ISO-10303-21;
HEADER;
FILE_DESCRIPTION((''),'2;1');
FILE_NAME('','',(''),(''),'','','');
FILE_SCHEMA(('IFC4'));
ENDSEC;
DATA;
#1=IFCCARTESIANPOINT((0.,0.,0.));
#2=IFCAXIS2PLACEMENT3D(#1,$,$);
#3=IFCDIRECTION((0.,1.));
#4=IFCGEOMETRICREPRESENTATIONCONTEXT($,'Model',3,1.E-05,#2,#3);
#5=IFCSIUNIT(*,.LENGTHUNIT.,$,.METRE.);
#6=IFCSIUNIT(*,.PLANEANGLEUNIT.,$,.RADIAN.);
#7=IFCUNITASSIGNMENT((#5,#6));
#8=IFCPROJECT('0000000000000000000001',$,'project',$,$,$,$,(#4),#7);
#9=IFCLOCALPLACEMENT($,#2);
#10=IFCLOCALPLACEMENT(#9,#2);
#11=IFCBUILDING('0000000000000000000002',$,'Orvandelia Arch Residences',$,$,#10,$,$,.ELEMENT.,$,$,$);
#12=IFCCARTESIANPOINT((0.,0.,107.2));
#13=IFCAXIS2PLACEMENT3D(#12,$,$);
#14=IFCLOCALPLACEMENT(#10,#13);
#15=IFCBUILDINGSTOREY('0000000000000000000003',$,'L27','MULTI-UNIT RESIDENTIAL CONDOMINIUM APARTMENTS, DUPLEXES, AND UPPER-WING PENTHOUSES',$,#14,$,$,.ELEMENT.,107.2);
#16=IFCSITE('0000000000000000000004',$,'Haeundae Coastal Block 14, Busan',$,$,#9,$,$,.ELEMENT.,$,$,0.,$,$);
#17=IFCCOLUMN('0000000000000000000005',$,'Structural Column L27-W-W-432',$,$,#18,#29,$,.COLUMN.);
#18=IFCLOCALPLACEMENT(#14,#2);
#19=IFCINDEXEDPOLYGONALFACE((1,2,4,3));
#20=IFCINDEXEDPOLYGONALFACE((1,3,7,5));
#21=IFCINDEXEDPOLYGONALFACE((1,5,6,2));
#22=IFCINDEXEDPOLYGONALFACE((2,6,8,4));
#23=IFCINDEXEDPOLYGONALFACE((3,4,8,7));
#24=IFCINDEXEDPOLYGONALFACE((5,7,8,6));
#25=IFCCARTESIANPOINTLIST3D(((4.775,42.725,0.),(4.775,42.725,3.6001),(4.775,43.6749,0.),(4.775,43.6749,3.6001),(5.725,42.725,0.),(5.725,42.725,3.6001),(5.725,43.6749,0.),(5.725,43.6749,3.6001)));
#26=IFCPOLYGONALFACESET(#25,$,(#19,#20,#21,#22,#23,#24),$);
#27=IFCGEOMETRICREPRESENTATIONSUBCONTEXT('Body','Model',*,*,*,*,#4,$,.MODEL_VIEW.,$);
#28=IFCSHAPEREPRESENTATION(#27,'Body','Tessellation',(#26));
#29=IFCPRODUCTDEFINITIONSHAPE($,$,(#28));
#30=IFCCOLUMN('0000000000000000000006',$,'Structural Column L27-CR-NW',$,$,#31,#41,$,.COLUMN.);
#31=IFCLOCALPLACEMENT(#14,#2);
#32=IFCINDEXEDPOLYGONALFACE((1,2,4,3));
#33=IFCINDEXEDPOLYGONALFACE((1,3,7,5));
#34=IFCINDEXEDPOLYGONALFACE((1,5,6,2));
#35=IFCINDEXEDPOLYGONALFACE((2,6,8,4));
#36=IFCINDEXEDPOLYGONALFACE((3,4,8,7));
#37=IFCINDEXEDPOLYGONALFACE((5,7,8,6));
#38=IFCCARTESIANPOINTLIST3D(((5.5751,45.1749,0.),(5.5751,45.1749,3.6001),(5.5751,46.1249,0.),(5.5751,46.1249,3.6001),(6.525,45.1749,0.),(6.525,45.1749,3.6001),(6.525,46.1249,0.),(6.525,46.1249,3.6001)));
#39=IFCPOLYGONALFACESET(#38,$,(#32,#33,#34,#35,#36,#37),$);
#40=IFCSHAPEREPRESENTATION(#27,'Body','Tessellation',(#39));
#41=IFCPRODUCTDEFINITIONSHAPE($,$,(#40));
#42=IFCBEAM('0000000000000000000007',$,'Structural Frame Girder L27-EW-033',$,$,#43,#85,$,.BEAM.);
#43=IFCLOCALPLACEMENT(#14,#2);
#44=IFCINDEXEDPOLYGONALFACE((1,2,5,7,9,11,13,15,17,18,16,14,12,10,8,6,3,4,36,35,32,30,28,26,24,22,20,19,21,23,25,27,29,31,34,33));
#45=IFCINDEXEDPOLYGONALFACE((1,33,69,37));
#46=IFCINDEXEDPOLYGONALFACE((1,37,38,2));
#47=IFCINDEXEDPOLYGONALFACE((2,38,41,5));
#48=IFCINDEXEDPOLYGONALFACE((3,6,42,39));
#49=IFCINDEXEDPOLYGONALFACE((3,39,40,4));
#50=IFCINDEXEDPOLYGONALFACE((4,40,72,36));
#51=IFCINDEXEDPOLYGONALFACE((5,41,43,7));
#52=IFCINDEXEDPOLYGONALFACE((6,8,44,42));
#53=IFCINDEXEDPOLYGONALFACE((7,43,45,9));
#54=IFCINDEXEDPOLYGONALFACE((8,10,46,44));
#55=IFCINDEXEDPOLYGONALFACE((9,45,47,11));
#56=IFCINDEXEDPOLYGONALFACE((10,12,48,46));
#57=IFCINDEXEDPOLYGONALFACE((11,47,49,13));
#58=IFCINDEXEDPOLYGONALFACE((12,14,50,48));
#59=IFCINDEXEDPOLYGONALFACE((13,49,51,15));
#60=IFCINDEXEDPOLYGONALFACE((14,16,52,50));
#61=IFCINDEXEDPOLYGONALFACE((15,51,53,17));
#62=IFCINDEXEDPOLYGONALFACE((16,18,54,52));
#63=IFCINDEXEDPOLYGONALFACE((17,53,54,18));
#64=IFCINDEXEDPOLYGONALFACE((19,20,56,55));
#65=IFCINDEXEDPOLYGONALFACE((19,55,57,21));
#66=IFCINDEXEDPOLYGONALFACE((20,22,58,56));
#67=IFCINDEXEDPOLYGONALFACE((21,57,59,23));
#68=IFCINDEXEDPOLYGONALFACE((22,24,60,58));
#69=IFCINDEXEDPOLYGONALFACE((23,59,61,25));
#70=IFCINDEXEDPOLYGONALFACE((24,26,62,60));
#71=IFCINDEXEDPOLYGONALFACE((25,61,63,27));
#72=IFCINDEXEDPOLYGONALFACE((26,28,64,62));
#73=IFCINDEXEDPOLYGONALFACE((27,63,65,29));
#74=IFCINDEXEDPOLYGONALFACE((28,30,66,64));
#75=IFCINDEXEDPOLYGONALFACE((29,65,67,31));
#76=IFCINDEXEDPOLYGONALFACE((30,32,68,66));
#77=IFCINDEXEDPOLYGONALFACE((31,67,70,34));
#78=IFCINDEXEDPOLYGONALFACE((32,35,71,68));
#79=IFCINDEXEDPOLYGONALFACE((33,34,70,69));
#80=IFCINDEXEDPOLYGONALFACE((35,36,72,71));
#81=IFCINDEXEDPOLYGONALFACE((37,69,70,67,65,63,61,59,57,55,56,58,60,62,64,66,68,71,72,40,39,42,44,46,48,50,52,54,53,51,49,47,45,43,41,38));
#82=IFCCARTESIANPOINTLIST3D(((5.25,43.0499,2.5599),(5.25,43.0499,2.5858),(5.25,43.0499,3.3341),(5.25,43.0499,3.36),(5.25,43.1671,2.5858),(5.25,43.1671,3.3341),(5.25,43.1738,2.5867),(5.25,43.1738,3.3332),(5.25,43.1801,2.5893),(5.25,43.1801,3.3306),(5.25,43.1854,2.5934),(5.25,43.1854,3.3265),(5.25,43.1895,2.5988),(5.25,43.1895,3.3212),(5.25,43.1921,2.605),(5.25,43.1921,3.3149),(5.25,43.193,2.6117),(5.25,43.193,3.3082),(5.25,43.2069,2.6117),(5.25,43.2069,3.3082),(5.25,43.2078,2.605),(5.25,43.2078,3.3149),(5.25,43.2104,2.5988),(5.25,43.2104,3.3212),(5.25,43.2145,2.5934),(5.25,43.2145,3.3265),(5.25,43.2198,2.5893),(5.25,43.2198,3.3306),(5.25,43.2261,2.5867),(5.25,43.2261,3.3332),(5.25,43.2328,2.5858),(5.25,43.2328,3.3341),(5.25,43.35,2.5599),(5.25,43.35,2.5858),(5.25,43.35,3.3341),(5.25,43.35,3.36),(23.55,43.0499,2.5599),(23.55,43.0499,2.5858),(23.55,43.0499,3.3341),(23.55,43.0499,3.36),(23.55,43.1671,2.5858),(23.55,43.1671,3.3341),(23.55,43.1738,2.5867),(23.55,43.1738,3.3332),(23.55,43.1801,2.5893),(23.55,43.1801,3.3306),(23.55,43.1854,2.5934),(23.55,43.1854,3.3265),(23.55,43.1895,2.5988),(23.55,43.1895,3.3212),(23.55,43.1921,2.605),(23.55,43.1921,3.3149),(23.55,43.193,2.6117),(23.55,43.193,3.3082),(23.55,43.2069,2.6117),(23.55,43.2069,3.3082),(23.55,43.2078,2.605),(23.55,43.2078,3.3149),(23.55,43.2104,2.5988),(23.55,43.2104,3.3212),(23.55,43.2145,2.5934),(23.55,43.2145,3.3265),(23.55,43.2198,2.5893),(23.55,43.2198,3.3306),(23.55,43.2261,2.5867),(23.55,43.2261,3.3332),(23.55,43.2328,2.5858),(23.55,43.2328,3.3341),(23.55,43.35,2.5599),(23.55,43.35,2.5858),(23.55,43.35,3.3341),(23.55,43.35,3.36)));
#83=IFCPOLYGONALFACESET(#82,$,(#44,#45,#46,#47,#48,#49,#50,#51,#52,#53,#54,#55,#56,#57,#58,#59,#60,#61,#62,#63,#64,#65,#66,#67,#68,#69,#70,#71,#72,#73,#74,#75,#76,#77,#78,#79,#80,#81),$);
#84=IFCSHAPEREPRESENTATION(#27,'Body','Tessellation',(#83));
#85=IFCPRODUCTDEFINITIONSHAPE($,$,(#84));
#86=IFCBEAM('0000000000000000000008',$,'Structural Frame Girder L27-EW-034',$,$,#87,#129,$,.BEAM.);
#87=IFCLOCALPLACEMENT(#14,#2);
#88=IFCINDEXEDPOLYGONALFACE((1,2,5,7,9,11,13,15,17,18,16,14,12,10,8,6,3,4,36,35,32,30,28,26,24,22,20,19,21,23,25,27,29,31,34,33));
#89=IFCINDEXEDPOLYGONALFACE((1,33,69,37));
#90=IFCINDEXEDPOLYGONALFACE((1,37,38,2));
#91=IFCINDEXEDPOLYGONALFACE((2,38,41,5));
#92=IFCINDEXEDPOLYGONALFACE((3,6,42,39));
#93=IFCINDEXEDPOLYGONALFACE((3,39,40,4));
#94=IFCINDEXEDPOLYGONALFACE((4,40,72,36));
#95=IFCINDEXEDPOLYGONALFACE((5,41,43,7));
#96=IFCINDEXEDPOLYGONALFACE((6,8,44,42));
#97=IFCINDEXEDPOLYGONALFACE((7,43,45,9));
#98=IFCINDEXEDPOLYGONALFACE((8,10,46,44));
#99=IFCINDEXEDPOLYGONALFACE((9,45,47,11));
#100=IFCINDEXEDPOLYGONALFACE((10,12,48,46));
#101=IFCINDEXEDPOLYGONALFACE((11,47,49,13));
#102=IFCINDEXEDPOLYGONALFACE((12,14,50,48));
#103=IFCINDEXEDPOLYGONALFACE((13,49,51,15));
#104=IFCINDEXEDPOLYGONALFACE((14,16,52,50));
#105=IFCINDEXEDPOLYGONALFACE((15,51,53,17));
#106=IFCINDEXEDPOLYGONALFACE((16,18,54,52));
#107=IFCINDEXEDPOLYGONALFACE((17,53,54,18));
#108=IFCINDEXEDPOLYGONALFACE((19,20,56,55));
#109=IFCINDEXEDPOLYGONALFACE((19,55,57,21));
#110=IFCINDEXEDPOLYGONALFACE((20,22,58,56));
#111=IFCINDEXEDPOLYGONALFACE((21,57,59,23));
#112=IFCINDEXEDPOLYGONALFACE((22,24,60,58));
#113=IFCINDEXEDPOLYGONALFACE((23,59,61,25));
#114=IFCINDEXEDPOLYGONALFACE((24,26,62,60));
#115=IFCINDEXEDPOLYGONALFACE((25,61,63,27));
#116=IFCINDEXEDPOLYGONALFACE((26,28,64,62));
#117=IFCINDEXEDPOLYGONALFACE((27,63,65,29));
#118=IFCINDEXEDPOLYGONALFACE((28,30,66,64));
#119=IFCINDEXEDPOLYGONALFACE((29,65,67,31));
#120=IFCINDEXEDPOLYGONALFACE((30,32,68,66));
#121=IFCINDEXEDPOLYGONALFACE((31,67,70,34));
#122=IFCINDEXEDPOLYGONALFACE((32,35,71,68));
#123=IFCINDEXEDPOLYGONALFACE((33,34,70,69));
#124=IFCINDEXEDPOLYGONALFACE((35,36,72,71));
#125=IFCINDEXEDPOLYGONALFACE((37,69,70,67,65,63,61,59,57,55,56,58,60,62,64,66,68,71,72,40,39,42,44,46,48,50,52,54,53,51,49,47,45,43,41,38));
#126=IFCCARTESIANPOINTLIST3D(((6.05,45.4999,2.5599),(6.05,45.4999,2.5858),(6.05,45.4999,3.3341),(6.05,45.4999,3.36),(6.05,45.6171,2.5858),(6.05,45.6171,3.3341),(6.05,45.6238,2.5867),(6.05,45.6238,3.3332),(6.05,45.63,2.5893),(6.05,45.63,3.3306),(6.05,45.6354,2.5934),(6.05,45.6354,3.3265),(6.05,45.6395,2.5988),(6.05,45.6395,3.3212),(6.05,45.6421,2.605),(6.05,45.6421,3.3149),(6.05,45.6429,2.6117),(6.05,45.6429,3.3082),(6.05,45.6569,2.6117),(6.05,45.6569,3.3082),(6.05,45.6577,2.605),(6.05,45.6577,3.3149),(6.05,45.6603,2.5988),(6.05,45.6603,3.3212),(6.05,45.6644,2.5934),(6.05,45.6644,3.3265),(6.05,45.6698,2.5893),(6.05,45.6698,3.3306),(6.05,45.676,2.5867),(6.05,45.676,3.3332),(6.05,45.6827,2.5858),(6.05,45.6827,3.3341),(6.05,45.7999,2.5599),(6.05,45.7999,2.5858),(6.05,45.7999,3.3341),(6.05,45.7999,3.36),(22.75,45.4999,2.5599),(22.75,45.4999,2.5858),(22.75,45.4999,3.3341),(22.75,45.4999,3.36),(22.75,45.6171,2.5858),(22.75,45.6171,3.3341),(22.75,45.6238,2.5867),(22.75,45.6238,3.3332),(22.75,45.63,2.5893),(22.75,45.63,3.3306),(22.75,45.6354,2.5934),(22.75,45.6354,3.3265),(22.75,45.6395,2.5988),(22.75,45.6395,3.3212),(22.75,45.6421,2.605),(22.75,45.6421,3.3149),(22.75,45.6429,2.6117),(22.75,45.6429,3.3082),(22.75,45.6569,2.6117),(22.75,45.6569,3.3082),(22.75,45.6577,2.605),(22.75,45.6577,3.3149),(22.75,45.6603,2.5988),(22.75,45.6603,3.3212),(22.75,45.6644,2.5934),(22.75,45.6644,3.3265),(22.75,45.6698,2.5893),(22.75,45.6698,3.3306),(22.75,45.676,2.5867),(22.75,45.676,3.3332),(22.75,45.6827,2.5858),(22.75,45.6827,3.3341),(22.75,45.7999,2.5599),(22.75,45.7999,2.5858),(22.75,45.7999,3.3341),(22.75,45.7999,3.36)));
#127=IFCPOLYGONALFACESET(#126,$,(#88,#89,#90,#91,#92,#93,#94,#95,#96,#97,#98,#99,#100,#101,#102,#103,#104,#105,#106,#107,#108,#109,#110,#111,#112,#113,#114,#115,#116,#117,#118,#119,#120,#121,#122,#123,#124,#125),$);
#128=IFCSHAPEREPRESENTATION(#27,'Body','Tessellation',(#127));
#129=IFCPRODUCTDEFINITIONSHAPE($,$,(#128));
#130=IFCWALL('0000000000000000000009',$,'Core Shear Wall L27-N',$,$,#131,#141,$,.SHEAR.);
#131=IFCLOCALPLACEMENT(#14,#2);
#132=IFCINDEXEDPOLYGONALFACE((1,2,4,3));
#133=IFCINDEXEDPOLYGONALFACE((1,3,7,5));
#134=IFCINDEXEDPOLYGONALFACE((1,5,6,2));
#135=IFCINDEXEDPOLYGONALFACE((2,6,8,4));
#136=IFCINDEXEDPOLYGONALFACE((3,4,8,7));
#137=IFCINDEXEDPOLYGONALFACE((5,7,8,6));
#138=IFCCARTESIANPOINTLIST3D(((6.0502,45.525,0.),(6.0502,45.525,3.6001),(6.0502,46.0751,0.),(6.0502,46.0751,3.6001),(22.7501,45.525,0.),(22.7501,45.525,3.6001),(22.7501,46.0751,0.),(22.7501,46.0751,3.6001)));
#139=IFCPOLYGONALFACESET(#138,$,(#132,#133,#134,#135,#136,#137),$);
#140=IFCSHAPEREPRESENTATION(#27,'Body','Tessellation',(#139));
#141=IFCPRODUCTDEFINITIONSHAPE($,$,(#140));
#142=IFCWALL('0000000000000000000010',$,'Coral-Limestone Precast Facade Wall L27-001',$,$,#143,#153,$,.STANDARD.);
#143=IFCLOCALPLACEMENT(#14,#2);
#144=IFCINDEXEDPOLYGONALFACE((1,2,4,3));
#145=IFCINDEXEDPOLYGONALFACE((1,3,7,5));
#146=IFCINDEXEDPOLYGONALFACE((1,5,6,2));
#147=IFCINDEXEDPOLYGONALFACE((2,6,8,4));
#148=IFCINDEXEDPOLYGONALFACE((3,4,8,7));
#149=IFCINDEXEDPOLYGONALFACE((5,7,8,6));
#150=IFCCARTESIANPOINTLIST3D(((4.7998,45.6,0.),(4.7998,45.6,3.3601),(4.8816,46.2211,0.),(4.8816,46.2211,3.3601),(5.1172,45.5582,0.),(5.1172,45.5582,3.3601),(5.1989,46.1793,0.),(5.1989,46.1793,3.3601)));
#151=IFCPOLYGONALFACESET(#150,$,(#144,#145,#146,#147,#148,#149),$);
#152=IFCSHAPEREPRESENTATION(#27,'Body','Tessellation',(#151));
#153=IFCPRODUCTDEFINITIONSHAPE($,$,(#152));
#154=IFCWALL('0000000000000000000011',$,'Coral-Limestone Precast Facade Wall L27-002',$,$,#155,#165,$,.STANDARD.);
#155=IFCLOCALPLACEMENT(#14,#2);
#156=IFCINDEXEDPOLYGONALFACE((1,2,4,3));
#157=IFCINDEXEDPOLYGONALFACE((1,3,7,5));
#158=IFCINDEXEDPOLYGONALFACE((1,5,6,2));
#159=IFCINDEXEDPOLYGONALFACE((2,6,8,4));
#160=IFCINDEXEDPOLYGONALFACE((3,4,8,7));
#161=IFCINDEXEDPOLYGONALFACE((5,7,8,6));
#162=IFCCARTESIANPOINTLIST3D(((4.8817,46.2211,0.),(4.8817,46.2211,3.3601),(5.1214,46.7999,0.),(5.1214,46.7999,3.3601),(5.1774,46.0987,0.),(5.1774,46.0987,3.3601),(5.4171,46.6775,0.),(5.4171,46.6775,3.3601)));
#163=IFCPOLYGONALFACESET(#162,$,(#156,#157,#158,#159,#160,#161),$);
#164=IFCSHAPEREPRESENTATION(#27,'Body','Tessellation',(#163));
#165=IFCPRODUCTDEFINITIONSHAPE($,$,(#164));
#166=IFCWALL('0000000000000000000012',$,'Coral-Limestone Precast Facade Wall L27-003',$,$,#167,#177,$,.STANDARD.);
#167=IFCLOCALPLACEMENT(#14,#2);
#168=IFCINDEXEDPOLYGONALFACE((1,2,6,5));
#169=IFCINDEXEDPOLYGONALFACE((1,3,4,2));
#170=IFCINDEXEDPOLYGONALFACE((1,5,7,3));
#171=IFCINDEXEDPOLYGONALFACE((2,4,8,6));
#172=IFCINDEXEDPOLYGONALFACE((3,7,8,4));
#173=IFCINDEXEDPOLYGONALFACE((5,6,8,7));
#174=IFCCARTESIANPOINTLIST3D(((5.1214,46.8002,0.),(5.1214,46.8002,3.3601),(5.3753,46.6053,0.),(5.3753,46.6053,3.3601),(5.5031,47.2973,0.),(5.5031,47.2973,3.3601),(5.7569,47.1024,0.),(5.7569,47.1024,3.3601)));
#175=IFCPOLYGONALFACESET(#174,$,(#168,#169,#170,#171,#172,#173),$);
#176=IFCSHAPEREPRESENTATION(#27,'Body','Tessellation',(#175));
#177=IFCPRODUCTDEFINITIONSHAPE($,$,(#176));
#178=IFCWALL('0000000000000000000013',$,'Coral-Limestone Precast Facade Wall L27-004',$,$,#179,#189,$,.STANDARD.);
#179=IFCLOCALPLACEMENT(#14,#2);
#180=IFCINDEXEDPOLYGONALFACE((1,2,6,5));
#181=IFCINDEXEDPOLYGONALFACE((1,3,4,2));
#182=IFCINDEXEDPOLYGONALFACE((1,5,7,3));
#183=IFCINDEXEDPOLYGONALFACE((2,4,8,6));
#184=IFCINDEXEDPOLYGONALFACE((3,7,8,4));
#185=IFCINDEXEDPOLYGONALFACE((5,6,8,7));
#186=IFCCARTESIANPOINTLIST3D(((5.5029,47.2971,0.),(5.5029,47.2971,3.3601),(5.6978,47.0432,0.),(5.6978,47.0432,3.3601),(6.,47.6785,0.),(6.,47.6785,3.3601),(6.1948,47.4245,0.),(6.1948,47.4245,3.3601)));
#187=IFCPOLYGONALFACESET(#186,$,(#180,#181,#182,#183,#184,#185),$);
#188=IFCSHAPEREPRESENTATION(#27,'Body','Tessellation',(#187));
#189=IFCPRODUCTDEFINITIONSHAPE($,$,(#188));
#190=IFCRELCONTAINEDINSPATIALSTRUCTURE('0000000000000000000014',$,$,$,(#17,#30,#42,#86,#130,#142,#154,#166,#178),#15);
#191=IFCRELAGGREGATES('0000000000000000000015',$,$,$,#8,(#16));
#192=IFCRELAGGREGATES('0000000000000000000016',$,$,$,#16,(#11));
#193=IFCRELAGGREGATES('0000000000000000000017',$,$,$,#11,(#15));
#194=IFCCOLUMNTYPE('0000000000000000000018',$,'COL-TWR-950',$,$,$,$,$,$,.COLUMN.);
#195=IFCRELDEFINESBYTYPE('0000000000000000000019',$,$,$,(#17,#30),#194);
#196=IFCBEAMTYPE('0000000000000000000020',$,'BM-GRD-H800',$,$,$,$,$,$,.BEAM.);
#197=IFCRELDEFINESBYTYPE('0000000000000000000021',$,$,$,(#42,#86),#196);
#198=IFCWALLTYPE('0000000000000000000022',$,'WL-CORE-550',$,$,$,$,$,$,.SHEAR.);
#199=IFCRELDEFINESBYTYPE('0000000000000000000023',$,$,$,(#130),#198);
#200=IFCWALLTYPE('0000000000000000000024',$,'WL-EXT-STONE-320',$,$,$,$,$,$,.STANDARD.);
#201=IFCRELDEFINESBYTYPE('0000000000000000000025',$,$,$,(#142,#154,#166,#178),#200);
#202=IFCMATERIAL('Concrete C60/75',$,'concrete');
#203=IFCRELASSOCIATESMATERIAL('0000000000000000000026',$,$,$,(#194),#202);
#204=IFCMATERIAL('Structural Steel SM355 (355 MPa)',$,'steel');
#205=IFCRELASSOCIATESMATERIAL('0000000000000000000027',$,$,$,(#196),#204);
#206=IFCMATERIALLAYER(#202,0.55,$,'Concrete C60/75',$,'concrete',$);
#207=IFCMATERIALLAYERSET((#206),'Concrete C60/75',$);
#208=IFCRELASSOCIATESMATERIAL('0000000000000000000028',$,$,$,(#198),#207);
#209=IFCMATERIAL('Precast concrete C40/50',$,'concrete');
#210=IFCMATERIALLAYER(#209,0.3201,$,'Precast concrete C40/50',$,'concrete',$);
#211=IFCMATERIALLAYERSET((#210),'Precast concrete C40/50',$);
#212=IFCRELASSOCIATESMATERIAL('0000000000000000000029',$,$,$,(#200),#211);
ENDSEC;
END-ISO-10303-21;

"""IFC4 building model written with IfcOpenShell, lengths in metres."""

from ifc_helpers import new_model, si_unit, direction, frame, frame_2d, origin, origin_2d, place, context, subcontext, project, spatial, rectangle, i_section, extrude, material, layer, layer_set, material_profile, profile_set, type_object, element, save


model = new_model("IFC4")

# Units and contexts
model_context = context("Model", 3, precision=1e-05, world=origin(), true_north=direction((0.0, 1.0)))
body_context = subcontext(model_context, "Body", "Model", "MODEL_VIEW")
ifc_project = project(units=[si_unit("LENGTHUNIT", "METRE"), si_unit("PLANEANGLEUNIT", "RADIAN")], contexts=[model_context])

# Site, building, storey
site_placement = place(None, origin())
site = spatial("IfcSite", under=ifc_project, at=site_placement, Name="Haeundae Coastal Block 14, Busan", CompositionType="ELEMENT", RefElevation=0.0)
building_placement = place(site_placement, origin())
building = spatial("IfcBuilding", under=site, at=building_placement, Name="Orvandelia Arch Residences", CompositionType="ELEMENT")
storey_placement = place(building_placement, frame((0.0, 0.0, 107.2)))
storey = spatial("IfcBuildingStorey", under=building, at=storey_placement, Name="L27", Description="MULTI-UNIT RESIDENTIAL CONDOMINIUM APARTMENTS, DUPLEXES, AND UPPER-WING PENTHOUSES", CompositionType="ELEMENT", Elevation=107.2)

# Columns
ifc_material_1 = material(Name="Concrete C60/75", Category="concrete")
ifc_material_profile_1 = material_profile(ifc_material_1, rectangle(XDim=0.95, YDim=0.95, at=origin_2d()), Name="Concrete C60/75", Category="concrete")
ifc_profile_set_1 = profile_set([ifc_material_profile_1], Name="Concrete C60/75")
column_type = type_object("IfcColumnType", Name="COL-TWR-950", PredefinedType="COLUMN", material=ifc_profile_set_1)
for number, where, z_axis, x_axis, name in (
    (1, (5.25, 43.2, 0.0), (0.0, 0.0, 1.0), (1.0, 0.0, 0.0), "Structural Column L27-W-W-432"),
    (2, (6.05, 45.6499, 0.0), (0.0, 0.0, 1.0), (1.0, 0.0, 0.0), "Structural Column L27-CR-NW"),
):
    element("IfcColumn", number, at=place(storey_placement, frame(where, z_axis=z_axis, x_axis=x_axis)), inside=storey, type_object=column_type, Name=name, PredefinedType="COLUMN", context=body_context, shape_type="SweptSolid", body=[
        extrude(rectangle(XDim=0.95, YDim=0.95, at=origin_2d()), origin(), (0.0, 0.0, 1.0), 3.6001),
    ])

# Beams
ifc_material_2 = material(Name="Structural Steel SM355 (355 MPa)", Category="steel")
ifc_material_profile_2 = material_profile(ifc_material_2, i_section(OverallWidth=0.3, OverallDepth=0.8, WebThickness=0.0139, FlangeThickness=0.0259, FilletRadius=0.0259, at=origin_2d()), Name="Structural Steel SM355 (355 MPa)", Category="steel")
ifc_profile_set_2 = profile_set([ifc_material_profile_2], Name="Structural Steel SM355 (355 MPa)")
beam_type = type_object("IfcBeamType", Name="BM-GRD-H800", PredefinedType="BEAM", material=ifc_profile_set_2)
beam_1_placement = place(storey_placement, frame((5.25, 43.2, 2.96), z_axis=(1.0, 0.0, 0.0), x_axis=(0.0, 1.0, 0.0)))
element("IfcBeam", 3, at=beam_1_placement, inside=storey, type_object=beam_type, Name="Structural Frame Girder L27-EW-033", PredefinedType="BEAM", context=body_context, shape_type="SweptSolid", body=[
    extrude(i_section(OverallWidth=0.3, OverallDepth=0.8, WebThickness=0.0139, FlangeThickness=0.0259, FilletRadius=0.0259, at=origin_2d()), origin(), (0.0, 0.0, 1.0), 18.3),
])
beam_2_placement = place(storey_placement, frame((6.05, 45.6499, 2.96), z_axis=(1.0, 0.0, 0.0), x_axis=(0.0, 1.0, 0.0)))
element("IfcBeam", 4, at=beam_2_placement, inside=storey, type_object=beam_type, Name="Structural Frame Girder L27-EW-034", PredefinedType="BEAM", context=body_context, shape_type="SweptSolid", body=[
    extrude(i_section(OverallWidth=0.3, OverallDepth=0.8, WebThickness=0.0139, FlangeThickness=0.0259, FilletRadius=0.0259, at=origin_2d()), origin(), (0.0, 0.0, 1.0), 16.7),
])

# Walls
ifc_layer_1 = layer(ifc_material_1, 0.55, Name="Concrete C60/75", Category="concrete")
ifc_layer_set_1 = layer_set([ifc_layer_1], Name="Concrete C60/75")
wall_type_1 = type_object("IfcWallType", Name="WL-CORE-550", PredefinedType="SHEAR", material=ifc_layer_set_1)
wall_1_placement = place(storey_placement, frame((6.05, 45.8, 0.0), z_axis=(0.0, 0.0, 1.0), x_axis=(1.0, 0.0, 0.0)))
element("IfcWall", 5, at=wall_1_placement, inside=storey, type_object=wall_type_1, Name="Core Shear Wall L27-N", PredefinedType="SHEAR", context=body_context, shape_type="SweptSolid", body=[
    extrude(rectangle(XDim=16.7, YDim=0.55, at=frame_2d((8.3501, 0.0))), origin(), (0.0, 0.0, 1.0), 3.6001),
])
ifc_material_3 = material(Name="Precast concrete C40/50", Category="concrete")
ifc_layer_2 = layer(ifc_material_3, 0.3201, Name="Precast concrete C40/50", Category="concrete")
ifc_layer_set_2 = layer_set([ifc_layer_2], Name="Precast concrete C40/50")
wall_type_2 = type_object("IfcWallType", Name="WL-EXT-STONE-320", PredefinedType="STANDARD", material=ifc_layer_set_2)
for number, where, z_axis, x_axis, name in (
    (6, (4.9585, 45.5791, 0.0), (0.0, 0.0, 1.0), (0.130555, 0.991441, 0.0), "Coral-Limestone Precast Facade Wall L27-001"),
    (7, (5.0295, 46.1599, 0.0), (0.0, 0.0, 1.0), (0.38265, 0.923893, 0.0), "Coral-Limestone Precast Facade Wall L27-002"),
):
    element("IfcWall", number, at=place(storey_placement, frame(where, z_axis=z_axis, x_axis=x_axis)), inside=storey, type_object=wall_type_2, Name=name, PredefinedType="STANDARD", context=body_context, shape_type="SweptSolid", body=[
        extrude(rectangle(XDim=0.6265, YDim=0.3201, at=frame_2d((0.3132, 0.0))), origin(), (0.0, 0.0, 1.0), 3.3601),
    ])
wall_2_placement = place(storey_placement, frame((5.2483, 46.7026, 0.0), z_axis=(0.0, 0.0, 1.0), x_axis=(0.608939, 0.793217, 0.0)))
element("IfcWall", 8, at=wall_2_placement, inside=storey, type_object=wall_type_2, Name="Coral-Limestone Precast Facade Wall L27-003", PredefinedType="STANDARD", context=body_context, shape_type="SweptSolid", body=[
    extrude(rectangle(XDim=0.6267, YDim=0.3201, at=frame_2d((0.3135, 0.0))), origin(), (0.0, 0.0, 1.0), 3.3601),
])
wall_3_placement = place(storey_placement, frame((5.6003, 47.1702, 0.0), z_axis=(0.0, 0.0, 1.0), x_axis=(0.793406, 0.608693, 0.0)))
element("IfcWall", 9, at=wall_3_placement, inside=storey, type_object=wall_type_2, Name="Coral-Limestone Precast Facade Wall L27-004", PredefinedType="STANDARD", context=body_context, shape_type="SweptSolid", body=[
    extrude(rectangle(XDim=0.6265, YDim=0.3201, at=frame_2d((0.3132, 0.0))), origin(), (0.0, 0.0, 1.0), 3.3601),
])

save(model, "model.ifc")
